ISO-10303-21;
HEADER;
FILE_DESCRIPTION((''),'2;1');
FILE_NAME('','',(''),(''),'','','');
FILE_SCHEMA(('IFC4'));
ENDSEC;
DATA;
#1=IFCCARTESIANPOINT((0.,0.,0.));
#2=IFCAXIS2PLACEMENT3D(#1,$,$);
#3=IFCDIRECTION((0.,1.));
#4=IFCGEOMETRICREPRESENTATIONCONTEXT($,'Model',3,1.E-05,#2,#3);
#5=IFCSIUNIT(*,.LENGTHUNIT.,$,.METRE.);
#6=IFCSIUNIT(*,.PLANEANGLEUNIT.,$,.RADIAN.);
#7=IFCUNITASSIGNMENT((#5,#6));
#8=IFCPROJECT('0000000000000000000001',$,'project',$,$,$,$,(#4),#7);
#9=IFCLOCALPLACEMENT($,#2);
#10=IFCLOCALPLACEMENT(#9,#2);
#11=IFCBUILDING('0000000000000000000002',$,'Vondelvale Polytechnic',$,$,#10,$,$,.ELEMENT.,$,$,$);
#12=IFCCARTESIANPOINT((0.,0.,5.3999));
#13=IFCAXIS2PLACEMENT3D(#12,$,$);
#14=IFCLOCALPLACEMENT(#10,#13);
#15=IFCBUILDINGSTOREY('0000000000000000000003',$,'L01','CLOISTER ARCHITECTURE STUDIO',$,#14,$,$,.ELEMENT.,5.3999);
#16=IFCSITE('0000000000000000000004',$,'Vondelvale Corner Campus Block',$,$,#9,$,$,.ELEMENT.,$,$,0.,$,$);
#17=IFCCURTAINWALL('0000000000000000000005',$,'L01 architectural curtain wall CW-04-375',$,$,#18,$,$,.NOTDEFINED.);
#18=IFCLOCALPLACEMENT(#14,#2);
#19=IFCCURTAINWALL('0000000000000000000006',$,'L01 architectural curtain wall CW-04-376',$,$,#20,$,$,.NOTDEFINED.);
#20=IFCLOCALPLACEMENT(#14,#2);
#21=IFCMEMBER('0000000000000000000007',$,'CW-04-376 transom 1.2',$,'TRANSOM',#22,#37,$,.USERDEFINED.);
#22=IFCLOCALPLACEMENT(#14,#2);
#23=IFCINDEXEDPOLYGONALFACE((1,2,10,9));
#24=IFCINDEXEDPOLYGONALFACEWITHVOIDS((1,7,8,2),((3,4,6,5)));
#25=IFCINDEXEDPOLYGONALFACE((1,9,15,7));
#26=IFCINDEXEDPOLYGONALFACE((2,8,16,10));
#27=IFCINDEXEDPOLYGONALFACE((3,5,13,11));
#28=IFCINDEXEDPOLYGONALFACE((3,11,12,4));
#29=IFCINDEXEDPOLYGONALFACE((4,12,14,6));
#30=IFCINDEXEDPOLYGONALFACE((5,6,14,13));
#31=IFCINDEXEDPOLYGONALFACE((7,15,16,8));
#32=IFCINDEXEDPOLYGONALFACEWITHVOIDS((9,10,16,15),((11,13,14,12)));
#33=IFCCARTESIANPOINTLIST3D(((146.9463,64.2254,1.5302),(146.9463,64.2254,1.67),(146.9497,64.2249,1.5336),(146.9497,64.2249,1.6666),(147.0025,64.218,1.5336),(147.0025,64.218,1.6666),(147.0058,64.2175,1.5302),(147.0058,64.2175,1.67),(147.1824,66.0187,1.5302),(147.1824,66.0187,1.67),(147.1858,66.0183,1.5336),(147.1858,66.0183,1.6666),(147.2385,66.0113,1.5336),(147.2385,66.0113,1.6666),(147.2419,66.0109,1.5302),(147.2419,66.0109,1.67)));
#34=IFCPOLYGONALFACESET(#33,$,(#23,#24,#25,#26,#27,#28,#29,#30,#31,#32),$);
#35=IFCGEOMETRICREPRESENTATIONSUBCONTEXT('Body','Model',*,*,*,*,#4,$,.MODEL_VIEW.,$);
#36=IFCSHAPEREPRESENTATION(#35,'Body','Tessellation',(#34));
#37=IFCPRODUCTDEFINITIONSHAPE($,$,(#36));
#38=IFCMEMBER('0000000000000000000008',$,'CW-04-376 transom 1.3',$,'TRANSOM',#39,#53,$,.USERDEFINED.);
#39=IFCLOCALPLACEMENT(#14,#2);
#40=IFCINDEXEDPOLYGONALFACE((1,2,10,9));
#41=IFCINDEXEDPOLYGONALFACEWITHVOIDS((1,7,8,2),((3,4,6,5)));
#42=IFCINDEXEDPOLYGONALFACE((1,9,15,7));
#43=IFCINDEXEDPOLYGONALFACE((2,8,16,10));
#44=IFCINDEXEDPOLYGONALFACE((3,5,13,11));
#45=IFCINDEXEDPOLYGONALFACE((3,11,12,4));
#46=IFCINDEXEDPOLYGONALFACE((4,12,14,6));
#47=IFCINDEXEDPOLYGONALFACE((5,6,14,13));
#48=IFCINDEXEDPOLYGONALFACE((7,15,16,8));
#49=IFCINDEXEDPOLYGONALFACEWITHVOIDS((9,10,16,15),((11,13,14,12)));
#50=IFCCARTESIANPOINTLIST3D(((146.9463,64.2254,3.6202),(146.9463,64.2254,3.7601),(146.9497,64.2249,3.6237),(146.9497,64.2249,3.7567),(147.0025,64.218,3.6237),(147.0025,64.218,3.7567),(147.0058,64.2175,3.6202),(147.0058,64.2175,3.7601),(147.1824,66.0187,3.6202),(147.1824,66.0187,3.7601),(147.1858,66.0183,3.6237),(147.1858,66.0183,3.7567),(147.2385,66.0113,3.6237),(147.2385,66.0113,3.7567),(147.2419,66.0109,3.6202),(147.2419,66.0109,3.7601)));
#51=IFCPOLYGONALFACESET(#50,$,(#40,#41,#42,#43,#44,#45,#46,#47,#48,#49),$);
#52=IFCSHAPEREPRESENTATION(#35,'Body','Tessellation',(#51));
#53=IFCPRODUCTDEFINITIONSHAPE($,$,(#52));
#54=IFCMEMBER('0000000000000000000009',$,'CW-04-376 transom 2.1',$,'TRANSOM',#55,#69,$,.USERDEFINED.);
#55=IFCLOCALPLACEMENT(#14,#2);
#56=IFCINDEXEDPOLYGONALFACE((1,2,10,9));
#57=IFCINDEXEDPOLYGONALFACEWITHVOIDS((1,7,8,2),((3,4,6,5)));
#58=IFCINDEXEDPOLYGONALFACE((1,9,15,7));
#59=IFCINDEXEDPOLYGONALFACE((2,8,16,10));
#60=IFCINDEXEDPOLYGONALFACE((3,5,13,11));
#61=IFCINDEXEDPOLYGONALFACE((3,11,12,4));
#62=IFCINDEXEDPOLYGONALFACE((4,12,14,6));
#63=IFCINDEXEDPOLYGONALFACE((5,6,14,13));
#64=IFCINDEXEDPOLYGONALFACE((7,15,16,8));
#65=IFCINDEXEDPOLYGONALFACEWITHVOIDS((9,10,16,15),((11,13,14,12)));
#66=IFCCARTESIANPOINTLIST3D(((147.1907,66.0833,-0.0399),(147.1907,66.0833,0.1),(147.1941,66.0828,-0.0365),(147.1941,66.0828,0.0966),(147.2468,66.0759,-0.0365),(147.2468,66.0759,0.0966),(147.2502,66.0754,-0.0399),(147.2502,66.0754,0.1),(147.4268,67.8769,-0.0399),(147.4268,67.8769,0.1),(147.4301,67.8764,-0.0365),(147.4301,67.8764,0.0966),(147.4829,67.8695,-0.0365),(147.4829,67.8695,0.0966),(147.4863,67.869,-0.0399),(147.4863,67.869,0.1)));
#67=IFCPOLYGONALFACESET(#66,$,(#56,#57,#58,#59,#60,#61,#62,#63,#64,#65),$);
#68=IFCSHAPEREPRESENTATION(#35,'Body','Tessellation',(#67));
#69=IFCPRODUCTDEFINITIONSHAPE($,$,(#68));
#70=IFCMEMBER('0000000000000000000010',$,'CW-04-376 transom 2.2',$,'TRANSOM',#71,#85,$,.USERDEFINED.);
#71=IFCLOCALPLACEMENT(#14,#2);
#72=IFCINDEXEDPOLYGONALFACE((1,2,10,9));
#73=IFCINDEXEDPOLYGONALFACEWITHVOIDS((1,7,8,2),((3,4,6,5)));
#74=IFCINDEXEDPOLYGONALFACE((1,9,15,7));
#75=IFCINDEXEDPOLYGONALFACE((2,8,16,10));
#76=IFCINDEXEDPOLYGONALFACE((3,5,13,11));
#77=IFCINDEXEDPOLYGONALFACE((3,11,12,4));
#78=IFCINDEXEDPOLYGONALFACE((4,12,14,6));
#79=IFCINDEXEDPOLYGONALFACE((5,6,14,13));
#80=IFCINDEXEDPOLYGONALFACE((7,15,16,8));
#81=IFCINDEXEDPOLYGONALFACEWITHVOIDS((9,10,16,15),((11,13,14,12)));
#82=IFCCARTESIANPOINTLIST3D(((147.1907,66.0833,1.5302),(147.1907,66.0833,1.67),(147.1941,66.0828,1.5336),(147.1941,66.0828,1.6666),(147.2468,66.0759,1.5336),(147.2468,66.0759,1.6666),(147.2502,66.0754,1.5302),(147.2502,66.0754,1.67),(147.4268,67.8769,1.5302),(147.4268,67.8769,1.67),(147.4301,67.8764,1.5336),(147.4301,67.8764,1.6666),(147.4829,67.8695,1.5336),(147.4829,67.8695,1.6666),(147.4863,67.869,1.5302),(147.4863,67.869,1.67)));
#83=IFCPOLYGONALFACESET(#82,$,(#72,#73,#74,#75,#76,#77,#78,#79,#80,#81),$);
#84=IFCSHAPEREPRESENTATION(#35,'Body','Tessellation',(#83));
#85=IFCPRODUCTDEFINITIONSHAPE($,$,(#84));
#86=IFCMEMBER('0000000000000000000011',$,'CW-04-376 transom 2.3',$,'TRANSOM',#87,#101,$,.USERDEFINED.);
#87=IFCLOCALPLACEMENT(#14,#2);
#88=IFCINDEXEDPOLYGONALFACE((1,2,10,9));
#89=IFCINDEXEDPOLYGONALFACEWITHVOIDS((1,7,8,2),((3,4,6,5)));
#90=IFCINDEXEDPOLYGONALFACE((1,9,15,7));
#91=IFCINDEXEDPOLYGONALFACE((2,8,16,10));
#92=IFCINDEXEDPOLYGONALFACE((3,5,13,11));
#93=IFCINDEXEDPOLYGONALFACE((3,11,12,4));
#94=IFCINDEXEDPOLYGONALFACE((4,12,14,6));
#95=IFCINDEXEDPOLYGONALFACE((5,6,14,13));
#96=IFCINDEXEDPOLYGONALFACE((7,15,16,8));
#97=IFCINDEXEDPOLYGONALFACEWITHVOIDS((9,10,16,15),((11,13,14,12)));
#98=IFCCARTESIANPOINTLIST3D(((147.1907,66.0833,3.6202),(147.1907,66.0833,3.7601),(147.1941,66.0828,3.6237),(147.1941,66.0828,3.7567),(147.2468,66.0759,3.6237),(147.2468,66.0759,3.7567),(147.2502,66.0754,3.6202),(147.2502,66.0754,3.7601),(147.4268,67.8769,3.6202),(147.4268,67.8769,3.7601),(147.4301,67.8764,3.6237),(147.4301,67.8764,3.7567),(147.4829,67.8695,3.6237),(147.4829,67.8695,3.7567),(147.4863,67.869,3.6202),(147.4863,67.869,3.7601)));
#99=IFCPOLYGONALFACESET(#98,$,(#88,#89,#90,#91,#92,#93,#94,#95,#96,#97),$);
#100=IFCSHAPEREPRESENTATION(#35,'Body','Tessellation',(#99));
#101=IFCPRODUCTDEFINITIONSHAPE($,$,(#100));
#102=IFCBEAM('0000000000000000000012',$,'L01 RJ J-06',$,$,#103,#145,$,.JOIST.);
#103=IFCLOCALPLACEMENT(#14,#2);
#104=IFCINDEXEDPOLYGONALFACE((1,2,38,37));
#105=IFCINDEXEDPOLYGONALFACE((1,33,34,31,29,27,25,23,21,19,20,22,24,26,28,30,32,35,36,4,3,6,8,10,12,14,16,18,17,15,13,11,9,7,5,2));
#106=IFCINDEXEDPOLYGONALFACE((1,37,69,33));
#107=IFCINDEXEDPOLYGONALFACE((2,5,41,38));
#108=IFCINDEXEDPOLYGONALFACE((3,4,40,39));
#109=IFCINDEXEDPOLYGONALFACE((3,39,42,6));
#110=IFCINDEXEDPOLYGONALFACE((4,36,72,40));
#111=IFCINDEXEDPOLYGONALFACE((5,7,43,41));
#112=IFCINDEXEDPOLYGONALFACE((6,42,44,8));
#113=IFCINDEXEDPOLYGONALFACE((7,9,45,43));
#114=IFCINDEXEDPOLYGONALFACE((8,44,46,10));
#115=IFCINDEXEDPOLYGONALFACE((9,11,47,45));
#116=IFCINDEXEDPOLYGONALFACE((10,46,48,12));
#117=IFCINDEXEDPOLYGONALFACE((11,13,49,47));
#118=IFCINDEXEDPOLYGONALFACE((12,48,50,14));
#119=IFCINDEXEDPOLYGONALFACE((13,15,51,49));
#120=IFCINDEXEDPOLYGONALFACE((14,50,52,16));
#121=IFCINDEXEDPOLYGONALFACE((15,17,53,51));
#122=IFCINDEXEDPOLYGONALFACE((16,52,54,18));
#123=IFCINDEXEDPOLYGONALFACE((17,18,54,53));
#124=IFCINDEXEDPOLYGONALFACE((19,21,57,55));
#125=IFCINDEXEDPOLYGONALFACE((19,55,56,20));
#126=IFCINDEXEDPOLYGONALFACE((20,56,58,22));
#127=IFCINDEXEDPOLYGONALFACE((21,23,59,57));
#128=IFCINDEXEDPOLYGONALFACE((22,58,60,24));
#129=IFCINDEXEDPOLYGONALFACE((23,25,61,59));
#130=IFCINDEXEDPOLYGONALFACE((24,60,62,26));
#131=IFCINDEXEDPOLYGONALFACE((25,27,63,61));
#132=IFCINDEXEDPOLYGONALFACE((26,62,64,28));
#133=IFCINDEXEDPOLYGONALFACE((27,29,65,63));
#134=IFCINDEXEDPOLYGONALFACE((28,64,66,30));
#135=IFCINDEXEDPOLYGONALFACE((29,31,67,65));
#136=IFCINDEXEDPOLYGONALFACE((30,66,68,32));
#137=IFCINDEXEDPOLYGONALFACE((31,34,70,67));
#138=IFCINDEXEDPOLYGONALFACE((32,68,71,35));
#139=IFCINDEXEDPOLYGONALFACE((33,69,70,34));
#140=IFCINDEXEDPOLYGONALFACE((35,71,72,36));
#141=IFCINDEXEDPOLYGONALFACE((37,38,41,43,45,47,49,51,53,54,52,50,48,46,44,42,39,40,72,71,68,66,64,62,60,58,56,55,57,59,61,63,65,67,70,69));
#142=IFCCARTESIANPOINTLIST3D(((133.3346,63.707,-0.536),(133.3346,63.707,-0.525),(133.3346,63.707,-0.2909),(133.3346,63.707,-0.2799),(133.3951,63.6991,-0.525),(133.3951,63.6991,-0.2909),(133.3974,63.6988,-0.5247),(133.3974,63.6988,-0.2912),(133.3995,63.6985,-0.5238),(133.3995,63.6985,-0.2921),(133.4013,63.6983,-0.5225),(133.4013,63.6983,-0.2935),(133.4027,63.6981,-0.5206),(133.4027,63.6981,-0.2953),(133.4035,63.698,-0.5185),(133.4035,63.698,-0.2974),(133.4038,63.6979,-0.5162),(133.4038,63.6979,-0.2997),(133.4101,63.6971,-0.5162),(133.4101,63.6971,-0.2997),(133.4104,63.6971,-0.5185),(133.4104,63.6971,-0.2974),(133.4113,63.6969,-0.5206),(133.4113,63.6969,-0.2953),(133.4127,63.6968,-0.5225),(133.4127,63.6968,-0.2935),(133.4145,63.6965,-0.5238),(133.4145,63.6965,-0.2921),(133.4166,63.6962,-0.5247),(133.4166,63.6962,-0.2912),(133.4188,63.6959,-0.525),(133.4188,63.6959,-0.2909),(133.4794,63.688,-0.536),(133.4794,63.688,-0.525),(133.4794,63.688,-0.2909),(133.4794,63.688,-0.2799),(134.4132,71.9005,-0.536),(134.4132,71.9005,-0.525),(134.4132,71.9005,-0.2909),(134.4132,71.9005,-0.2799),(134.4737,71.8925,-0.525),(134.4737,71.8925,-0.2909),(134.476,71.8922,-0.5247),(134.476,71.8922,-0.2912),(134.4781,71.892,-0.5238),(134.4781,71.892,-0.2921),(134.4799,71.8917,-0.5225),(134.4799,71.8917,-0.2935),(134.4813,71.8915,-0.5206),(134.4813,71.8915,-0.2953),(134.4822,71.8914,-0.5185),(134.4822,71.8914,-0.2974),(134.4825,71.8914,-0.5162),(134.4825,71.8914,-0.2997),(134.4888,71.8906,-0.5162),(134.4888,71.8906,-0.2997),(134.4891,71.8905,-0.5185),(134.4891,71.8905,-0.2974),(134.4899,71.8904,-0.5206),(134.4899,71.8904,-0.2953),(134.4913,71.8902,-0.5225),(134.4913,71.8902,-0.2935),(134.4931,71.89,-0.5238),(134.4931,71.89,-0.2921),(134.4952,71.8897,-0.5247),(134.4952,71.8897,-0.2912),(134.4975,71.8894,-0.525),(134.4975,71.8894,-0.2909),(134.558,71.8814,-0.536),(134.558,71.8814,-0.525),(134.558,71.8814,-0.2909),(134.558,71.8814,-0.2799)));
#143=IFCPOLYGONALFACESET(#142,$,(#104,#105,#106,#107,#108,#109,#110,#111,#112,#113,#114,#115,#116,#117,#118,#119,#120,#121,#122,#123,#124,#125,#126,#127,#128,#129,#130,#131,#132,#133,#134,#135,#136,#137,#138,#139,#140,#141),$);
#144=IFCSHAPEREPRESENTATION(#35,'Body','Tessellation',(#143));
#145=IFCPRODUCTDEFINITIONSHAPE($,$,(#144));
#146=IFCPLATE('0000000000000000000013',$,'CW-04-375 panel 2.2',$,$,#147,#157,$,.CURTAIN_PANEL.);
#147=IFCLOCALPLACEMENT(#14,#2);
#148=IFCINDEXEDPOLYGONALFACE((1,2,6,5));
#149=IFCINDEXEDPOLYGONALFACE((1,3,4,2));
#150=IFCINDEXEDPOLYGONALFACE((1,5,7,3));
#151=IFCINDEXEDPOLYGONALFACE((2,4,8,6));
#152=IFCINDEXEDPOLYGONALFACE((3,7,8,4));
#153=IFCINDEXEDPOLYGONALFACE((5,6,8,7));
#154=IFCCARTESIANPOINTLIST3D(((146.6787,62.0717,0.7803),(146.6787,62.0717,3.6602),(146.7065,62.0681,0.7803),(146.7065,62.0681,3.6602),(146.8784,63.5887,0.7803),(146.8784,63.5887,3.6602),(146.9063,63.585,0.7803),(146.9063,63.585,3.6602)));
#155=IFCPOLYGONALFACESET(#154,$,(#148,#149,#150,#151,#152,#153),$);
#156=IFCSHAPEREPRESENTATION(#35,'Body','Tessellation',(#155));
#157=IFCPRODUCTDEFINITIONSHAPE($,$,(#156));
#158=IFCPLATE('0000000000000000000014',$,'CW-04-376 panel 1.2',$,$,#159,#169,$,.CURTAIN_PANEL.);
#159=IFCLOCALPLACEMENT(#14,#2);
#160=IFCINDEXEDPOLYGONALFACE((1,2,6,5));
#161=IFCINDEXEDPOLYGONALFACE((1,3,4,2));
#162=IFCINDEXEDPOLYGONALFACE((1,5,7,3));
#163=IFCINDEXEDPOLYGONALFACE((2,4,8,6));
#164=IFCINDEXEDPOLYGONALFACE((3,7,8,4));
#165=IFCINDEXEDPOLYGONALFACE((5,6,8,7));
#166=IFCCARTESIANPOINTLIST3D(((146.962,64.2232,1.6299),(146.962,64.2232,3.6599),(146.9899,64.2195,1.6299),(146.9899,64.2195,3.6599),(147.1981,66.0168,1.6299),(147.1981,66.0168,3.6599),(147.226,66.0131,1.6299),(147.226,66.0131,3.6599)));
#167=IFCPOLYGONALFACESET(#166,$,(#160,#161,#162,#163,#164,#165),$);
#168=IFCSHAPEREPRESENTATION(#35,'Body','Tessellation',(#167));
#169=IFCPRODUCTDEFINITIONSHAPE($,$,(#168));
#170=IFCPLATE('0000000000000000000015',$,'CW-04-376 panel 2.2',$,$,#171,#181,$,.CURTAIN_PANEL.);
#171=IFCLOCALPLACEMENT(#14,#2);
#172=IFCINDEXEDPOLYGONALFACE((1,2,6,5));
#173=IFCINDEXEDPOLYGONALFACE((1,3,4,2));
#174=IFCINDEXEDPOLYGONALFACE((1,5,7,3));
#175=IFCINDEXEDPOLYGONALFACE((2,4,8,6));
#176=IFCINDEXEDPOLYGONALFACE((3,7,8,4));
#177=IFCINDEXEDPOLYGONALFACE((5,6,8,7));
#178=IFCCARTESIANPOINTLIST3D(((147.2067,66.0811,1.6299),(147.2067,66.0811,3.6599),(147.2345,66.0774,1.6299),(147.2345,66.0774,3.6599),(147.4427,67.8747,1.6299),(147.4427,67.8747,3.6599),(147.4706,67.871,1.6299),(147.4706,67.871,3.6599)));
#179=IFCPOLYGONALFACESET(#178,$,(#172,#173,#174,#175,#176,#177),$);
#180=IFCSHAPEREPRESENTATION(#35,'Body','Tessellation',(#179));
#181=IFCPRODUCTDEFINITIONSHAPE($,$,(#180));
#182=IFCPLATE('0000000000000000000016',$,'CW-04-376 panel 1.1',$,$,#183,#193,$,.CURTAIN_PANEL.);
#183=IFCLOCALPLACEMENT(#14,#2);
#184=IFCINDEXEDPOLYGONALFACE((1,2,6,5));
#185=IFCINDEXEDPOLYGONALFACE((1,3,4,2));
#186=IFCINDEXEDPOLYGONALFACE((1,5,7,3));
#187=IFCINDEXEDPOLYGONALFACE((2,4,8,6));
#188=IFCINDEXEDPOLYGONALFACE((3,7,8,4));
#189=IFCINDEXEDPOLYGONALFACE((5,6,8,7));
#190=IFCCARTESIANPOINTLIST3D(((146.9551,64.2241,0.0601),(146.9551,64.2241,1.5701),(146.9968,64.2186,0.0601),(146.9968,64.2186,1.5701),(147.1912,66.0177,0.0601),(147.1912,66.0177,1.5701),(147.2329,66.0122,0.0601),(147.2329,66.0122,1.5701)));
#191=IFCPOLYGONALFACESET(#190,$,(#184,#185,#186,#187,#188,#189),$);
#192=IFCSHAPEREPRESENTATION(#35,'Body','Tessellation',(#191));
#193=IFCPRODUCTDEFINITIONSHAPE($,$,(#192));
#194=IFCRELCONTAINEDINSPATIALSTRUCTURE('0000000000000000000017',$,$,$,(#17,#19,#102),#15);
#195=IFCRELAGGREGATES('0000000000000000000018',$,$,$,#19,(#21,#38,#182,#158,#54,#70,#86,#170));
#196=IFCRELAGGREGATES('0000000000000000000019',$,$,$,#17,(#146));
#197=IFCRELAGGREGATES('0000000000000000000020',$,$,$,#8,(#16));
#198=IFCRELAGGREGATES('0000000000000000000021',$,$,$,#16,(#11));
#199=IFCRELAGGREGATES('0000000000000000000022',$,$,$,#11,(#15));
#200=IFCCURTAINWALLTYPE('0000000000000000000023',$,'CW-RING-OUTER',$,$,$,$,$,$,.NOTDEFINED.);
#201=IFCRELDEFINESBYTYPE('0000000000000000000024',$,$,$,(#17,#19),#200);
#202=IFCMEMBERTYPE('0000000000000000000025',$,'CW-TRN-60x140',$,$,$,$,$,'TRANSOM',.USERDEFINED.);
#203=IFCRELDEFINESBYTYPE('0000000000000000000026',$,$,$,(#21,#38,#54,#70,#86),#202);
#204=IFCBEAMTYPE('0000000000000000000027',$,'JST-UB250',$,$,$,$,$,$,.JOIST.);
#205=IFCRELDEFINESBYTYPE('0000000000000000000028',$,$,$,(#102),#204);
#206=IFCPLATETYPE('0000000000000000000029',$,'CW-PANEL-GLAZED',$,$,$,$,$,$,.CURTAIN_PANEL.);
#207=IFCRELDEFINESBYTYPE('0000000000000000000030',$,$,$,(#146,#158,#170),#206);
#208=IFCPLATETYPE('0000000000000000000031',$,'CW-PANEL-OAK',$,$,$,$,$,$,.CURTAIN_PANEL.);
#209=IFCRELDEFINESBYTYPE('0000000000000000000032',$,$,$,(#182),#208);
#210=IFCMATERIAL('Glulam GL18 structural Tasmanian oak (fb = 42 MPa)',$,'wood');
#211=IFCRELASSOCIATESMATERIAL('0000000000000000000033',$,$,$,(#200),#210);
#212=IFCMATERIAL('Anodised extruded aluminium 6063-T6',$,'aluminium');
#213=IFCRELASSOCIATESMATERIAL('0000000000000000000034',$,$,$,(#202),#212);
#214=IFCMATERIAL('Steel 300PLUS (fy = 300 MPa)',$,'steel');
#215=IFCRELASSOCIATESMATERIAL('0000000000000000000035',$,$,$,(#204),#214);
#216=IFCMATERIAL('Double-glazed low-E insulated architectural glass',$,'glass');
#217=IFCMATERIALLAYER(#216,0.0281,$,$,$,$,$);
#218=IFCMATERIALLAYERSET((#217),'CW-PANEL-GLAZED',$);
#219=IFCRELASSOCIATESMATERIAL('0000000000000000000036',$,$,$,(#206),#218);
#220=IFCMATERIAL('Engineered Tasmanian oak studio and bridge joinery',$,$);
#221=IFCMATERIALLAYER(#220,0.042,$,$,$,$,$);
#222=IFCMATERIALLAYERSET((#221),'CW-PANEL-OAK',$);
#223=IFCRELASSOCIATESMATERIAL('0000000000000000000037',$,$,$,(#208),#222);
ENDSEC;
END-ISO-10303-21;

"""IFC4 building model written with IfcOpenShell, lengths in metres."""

from ifc_helpers import new_model, si_unit, direction, frame, origin, origin_2d, place, context, subcontext, project, spatial, rectangle, hollow_rectangle, i_section, extrude, material, layer, layer_set, material_profile, profile_set, type_object, element, aggregate, save


model = new_model("IFC4")

# Units and contexts
model_context = context("Model", 3, precision=1e-05, world=origin(), true_north=direction((0.0, 1.0)))
body_context = subcontext(model_context, "Body", "Model", "MODEL_VIEW")
ifc_project = project(units=[si_unit("LENGTHUNIT", "METRE"), si_unit("PLANEANGLEUNIT", "RADIAN")], contexts=[model_context])

# Site, building, storey
site_placement = place(None, origin())
site = spatial("IfcSite", under=ifc_project, at=site_placement, Name="Vondelvale Corner Campus Block", CompositionType="ELEMENT", RefElevation=0.0)
building_placement = place(site_placement, origin())
building = spatial("IfcBuilding", under=site, at=building_placement, Name="Vondelvale Polytechnic", CompositionType="ELEMENT")
storey_placement = place(building_placement, frame((0.0, 0.0, 5.3999)))
storey = spatial("IfcBuildingStorey", under=building, at=storey_placement, Name="L01", Description="CLOISTER ARCHITECTURE STUDIO", CompositionType="ELEMENT", Elevation=5.3999)

# Shared definitions
ifc_material_1 = material(Name="Glulam GL18 structural Tasmanian oak (fb = 42 MPa)", Category="wood")

# Shared definitions
ifc_material_2 = material(Name="Steel 300PLUS (fy = 300 MPa)", Category="steel")

# Curtain wall
curtain_wall_type = type_object("IfcCurtainWallType", Name="CW-RING-OUTER", PredefinedType="NOTDEFINED", material=ifc_material_1)
curtain_wall_1_placement = place(storey_placement, origin())
curtain_wall_1 = element("IfcCurtainWall", 1, at=curtain_wall_1_placement, inside=storey, type_object=curtain_wall_type, Name="L01 architectural curtain wall CW-04-375", PredefinedType="NOTDEFINED")
ifc_material_3 = material(Name="Anodised extruded aluminium 6063-T6", Category="aluminium")

# Curtain wall
curtain_wall_2_placement = place(storey_placement, origin())
curtain_wall_2 = element("IfcCurtainWall", 2, at=curtain_wall_2_placement, inside=storey, type_object=curtain_wall_type, Name="L01 architectural curtain wall CW-04-376", PredefinedType="NOTDEFINED")

# Members
ifc_material_profile_1 = material_profile(ifc_material_3, hollow_rectangle(XDim=0.0601, YDim=0.1399, WallThickness=0.0034, at=origin_2d()), Name="CW-TRN-140x60")
ifc_profile_set_1 = profile_set([ifc_material_profile_1], Name="Anodised extruded aluminium 6063-T6")
member_type_1 = type_object("IfcMemberType", Name="CW-TRN-60x140", ElementType="TRANSOM", PredefinedType="USERDEFINED", material=ifc_profile_set_1)
member_1_placement = place(storey_placement, frame((146.9761, 64.2214, 1.6001), z_axis=(0.13051, 0.991447, 0.0), x_axis=(-0.991447, 0.13051, 0.0)))
member_1 = element("IfcMember", 3, at=member_1_placement, type_object=member_type_1, Name="CW-04-376 transom 1.2", ObjectType="TRANSOM", PredefinedType="USERDEFINED", context=body_context, shape_type="SweptSolid", body=[
    extrude(hollow_rectangle(XDim=0.0601, YDim=0.1399, WallThickness=0.0034, at=origin_2d()), origin(), (0.0, 0.0, 1.0), 1.8088),
])
member_2_placement = place(storey_placement, frame((146.9761, 64.2214, 3.6902), z_axis=(0.13051, 0.991447, 0.0), x_axis=(-0.991447, 0.13051, 0.0)))
member_2 = element("IfcMember", 4, at=member_2_placement, type_object=member_type_1, Name="CW-04-376 transom 1.3", ObjectType="TRANSOM", PredefinedType="USERDEFINED", context=body_context, shape_type="SweptSolid", body=[
    extrude(hollow_rectangle(XDim=0.0601, YDim=0.1399, WallThickness=0.0034, at=origin_2d()), origin(), (0.0, 0.0, 1.0), 1.8088),
])
member_3_placement = place(storey_placement, frame((147.2205, 66.0793, 0.03), z_axis=(0.130493, 0.991449, 0.0), x_axis=(-0.991449, 0.130493, 0.0)))
member_3 = element("IfcMember", 5, at=member_3_placement, type_object=member_type_1, Name="CW-04-376 transom 2.1", ObjectType="TRANSOM", PredefinedType="USERDEFINED", context=body_context, shape_type="SweptSolid", body=[
    extrude(hollow_rectangle(XDim=0.0601, YDim=0.1399, WallThickness=0.0034, at=origin_2d()), origin(), (0.0, 0.0, 1.0), 1.8091),
])
member_4_placement = place(storey_placement, frame((147.2205, 66.0793, 1.6001), z_axis=(0.130493, 0.991449, 0.0), x_axis=(-0.991449, 0.130493, 0.0)))
member_4 = element("IfcMember", 6, at=member_4_placement, type_object=member_type_1, Name="CW-04-376 transom 2.2", ObjectType="TRANSOM", PredefinedType="USERDEFINED", context=body_context, shape_type="SweptSolid", body=[
    extrude(hollow_rectangle(XDim=0.0601, YDim=0.1399, WallThickness=0.0034, at=origin_2d()), origin(), (0.0, 0.0, 1.0), 1.8091),
])
member_5_placement = place(storey_placement, frame((147.2205, 66.0793, 3.6902), z_axis=(0.130493, 0.991449, 0.0), x_axis=(-0.991449, 0.130493, 0.0)))
member_5 = element("IfcMember", 7, at=member_5_placement, type_object=member_type_1, Name="CW-04-376 transom 2.3", ObjectType="TRANSOM", PredefinedType="USERDEFINED", context=body_context, shape_type="SweptSolid", body=[
    extrude(hollow_rectangle(XDim=0.0601, YDim=0.1399, WallThickness=0.0034, at=origin_2d()), origin(), (0.0, 0.0, 1.0), 1.8091),
])

# Beam
ifc_material_profile_2 = material_profile(ifc_material_2, i_section(OverallWidth=0.146, OverallDepth=0.2561, WebThickness=0.0063, FlangeThickness=0.011, FilletRadius=0.0088, at=origin_2d()), Name="250UB37.3")
ifc_profile_set_2 = profile_set([ifc_material_profile_2], Name="Steel 300PLUS (fy = 300 MPa)")
beam_type_1 = type_object("IfcBeamType", Name="JST-UB250", PredefinedType="JOIST", material=ifc_profile_set_2)
beam_1_placement = place(storey_placement, frame((133.407, 63.6975, -0.408), z_axis=(0.130519, 0.991446, 0.0), x_axis=(-0.991446, 0.130519, 0.0)))
element("IfcBeam", 8, at=beam_1_placement, inside=storey, type_object=beam_type_1, Name="L01 RJ J-06", PredefinedType="JOIST", context=body_context, shape_type="SweptSolid", body=[
    extrude(i_section(OverallWidth=0.146, OverallDepth=0.2561, WebThickness=0.0063, FlangeThickness=0.011, FilletRadius=0.0088, at=origin_2d()), origin(), (0.0, 0.0, 1.0), 8.2642),
])

# Plates
ifc_material_4 = material(Name="Double-glazed low-E insulated architectural glass", Category="glass")
ifc_layer_1 = layer(ifc_material_4, 0.0281)
ifc_layer_set_1 = layer_set([ifc_layer_1], Name="CW-PANEL-GLAZED")
plate_type_1 = type_object("IfcPlateType", Name="CW-PANEL-GLAZED", PredefinedType="CURTAIN_PANEL", material=ifc_layer_set_1)
plate_1_placement = place(storey_placement, frame((146.7925, 62.8284, 0.7803), z_axis=(0.0, 0.0, 1.0), x_axis=(0.13054, 0.991443, 0.0)))
plate_1 = element("IfcPlate", 9, at=plate_1_placement, type_object=plate_type_1, Name="CW-04-375 panel 2.2", PredefinedType="CURTAIN_PANEL", context=body_context, shape_type="SweptSolid", body=[
    extrude(rectangle(XDim=1.53, YDim=0.0281, at=origin_2d()), origin(), (0.0, 0.0, 1.0), 2.8799),
])
plate_2_placement = place(storey_placement, frame((147.094, 65.1182, 1.6299), z_axis=(0.0, 0.0, 1.0), x_axis=(0.130497, 0.991449, 0.0)))
plate_2 = element("IfcPlate", 10, at=plate_2_placement, type_object=plate_type_1, Name="CW-04-376 panel 1.2", PredefinedType="CURTAIN_PANEL", context=body_context, shape_type="SweptSolid", body=[
    extrude(rectangle(XDim=1.8091, YDim=0.0281, at=origin_2d()), origin(), (0.0, 0.0, 1.0), 2.03),
])
plate_3_placement = place(storey_placement, frame((147.3386, 66.9761, 1.6299), z_axis=(0.0, 0.0, 1.0), x_axis=(0.130497, 0.991449, 0.0)))
plate_3 = element("IfcPlate", 11, at=plate_3_placement, type_object=plate_type_1, Name="CW-04-376 panel 2.2", PredefinedType="CURTAIN_PANEL", context=body_context, shape_type="SweptSolid", body=[
    extrude(rectangle(XDim=1.8091, YDim=0.0281, at=origin_2d()), origin(), (0.0, 0.0, 1.0), 2.03),
])
ifc_material_5 = material(Name="Engineered Tasmanian oak studio and bridge joinery")
ifc_layer_2 = layer(ifc_material_5, 0.042)
ifc_layer_set_2 = layer_set([ifc_layer_2], Name="CW-PANEL-OAK")
plate_type_2 = type_object("IfcPlateType", Name="CW-PANEL-OAK", PredefinedType="CURTAIN_PANEL", material=ifc_layer_set_2)
plate_4_placement = place(storey_placement, frame((147.094, 65.1182, 0.0601), z_axis=(0.0, 0.0, 1.0), x_axis=(0.130497, 0.991449, 0.0)))
plate_4 = element("IfcPlate", 12, at=plate_4_placement, type_object=plate_type_2, Name="CW-04-376 panel 1.1", PredefinedType="CURTAIN_PANEL", context=body_context, shape_type="SweptSolid", body=[
    extrude(rectangle(XDim=1.8091, YDim=0.042, at=origin_2d()), origin(), (0.0, 0.0, 1.0), 1.51),
])
aggregate(curtain_wall_2, [member_1, member_2, plate_4, plate_2, member_3, member_4, member_5, plate_3])
aggregate(curtain_wall_1, [plate_1])

save(model, "model.ifc")
